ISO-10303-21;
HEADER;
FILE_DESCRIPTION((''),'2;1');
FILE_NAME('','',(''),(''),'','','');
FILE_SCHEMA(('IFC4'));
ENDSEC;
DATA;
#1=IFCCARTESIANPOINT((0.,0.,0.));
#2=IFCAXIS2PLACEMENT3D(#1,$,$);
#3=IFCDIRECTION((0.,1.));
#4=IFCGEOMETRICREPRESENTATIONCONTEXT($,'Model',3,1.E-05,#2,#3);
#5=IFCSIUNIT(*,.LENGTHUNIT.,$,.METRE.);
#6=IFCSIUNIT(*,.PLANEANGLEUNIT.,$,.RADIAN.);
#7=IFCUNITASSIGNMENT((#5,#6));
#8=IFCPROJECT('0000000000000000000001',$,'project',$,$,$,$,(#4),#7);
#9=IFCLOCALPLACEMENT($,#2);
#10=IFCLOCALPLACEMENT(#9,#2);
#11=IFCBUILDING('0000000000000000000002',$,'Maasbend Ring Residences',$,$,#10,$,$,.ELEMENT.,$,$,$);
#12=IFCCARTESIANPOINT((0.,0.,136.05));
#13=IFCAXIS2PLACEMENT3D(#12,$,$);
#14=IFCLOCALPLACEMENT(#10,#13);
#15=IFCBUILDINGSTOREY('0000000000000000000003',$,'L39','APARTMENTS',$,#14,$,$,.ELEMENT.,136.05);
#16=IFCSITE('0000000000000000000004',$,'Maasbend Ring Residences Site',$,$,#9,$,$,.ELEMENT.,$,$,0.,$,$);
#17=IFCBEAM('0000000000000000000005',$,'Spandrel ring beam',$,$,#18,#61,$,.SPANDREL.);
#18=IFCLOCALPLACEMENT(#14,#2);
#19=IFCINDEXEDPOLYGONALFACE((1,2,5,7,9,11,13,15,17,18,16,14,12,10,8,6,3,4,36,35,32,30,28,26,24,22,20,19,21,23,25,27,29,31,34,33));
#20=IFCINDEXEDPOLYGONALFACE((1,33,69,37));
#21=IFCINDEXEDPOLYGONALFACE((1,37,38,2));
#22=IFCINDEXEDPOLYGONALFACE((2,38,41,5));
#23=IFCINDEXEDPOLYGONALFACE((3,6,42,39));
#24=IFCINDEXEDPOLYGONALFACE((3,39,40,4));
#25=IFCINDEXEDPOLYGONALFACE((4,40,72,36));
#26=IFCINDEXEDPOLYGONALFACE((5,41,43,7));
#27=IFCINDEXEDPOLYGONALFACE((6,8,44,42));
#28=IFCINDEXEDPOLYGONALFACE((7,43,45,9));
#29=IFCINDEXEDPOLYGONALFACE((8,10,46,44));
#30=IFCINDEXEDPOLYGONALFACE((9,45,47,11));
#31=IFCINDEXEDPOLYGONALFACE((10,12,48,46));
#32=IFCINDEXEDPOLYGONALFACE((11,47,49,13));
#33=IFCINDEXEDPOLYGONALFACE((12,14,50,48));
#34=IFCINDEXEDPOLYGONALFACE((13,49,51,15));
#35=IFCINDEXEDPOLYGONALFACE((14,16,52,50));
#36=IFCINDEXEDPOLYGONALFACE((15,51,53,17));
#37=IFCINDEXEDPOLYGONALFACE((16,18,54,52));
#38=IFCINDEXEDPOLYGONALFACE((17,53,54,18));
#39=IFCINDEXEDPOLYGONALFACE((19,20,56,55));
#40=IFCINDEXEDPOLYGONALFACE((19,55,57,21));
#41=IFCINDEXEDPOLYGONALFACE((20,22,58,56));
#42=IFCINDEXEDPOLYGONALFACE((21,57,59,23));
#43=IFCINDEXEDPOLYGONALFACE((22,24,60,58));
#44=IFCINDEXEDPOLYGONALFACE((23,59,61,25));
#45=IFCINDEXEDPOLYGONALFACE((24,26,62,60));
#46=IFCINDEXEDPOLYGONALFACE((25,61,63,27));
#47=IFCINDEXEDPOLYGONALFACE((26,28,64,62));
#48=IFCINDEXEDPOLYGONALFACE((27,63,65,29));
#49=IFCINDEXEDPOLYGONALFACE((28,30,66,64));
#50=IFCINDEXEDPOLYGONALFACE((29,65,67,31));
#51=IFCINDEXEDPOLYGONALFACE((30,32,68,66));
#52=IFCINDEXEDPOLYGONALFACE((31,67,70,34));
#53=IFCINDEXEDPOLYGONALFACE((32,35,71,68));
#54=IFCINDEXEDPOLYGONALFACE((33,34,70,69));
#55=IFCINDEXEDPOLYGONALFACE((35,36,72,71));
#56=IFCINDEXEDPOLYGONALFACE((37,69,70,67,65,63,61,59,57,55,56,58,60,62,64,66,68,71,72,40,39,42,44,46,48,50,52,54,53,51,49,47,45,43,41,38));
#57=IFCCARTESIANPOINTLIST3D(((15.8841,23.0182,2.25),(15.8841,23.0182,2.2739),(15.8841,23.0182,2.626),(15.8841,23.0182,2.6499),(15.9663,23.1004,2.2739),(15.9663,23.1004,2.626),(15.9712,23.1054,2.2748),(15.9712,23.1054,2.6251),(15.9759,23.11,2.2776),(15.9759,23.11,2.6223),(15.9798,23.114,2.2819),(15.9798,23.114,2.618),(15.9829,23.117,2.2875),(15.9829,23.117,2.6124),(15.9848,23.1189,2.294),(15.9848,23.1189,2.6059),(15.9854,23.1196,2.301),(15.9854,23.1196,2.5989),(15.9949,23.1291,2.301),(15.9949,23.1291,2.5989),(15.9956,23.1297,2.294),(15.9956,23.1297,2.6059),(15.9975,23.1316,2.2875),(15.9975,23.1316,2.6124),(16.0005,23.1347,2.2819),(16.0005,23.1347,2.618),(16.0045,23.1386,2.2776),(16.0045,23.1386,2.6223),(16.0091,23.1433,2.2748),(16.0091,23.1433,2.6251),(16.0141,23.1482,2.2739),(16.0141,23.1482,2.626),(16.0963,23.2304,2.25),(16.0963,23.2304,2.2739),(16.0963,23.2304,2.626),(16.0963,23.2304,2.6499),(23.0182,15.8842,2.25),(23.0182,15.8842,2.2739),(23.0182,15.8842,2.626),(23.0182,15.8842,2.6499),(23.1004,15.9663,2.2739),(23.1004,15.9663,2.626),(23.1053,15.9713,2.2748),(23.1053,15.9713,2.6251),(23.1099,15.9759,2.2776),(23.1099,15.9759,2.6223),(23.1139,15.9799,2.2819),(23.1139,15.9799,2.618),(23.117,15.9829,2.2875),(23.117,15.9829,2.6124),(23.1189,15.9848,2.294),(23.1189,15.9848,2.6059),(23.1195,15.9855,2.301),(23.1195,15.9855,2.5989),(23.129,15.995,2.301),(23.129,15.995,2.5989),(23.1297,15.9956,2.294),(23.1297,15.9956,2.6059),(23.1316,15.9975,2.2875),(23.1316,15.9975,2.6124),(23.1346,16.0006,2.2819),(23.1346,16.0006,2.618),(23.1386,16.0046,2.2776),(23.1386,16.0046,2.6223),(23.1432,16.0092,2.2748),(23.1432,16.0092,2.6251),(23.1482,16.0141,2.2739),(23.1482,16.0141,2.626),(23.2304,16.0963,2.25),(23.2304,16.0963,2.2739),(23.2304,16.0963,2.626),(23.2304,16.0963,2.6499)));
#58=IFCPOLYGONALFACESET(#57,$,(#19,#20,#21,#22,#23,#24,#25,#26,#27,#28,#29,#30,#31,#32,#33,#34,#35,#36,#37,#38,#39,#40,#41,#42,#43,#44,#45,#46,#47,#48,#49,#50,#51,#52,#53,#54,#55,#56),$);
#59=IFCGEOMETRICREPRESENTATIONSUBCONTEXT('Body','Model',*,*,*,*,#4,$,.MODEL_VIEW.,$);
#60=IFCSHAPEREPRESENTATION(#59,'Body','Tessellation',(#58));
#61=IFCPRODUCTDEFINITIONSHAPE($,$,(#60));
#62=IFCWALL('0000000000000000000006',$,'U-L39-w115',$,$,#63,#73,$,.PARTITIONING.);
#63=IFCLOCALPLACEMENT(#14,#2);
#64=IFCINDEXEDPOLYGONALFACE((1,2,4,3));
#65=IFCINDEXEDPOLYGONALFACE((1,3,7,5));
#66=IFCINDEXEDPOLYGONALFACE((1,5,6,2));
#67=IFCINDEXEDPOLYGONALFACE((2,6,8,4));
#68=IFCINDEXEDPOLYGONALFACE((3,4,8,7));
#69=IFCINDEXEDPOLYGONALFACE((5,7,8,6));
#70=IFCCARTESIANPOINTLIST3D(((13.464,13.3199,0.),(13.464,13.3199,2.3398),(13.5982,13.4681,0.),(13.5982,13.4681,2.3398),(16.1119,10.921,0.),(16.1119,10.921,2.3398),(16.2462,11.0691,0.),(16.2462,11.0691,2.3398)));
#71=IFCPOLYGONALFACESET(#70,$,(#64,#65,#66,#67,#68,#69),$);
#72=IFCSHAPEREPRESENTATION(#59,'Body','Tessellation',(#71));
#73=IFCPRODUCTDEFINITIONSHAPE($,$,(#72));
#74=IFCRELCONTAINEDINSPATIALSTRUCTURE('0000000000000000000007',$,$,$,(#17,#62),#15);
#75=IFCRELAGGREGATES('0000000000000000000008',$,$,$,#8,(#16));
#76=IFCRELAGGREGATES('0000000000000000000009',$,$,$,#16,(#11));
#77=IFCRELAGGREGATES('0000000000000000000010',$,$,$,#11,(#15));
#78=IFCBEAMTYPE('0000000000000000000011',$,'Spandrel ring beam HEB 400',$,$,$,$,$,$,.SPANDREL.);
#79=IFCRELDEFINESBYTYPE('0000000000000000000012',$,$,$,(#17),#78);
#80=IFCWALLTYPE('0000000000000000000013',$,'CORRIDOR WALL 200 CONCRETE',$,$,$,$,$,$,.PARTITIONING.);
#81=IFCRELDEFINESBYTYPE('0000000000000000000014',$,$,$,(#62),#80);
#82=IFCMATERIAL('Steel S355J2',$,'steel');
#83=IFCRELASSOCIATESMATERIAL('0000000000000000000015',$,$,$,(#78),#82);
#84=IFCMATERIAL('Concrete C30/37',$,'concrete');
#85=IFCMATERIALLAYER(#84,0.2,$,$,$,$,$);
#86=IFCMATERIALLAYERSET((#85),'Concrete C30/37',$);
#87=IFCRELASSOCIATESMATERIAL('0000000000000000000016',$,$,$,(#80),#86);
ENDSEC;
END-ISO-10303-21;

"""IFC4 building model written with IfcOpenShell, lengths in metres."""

from ifc_helpers import new_model, si_unit, direction, frame, frame_2d, origin, origin_2d, place, context, subcontext, project, spatial, rectangle, i_section, extrude, material, layer, layer_set, material_profile, profile_set, type_object, element, save


model = new_model("IFC4")

# Units and contexts
model_context = context("Model", 3, precision=1e-05, world=origin(), true_north=direction((0.0, 1.0)))
body_context = subcontext(model_context, "Body", "Model", "MODEL_VIEW")
ifc_project = project(units=[si_unit("LENGTHUNIT", "METRE"), si_unit("PLANEANGLEUNIT", "RADIAN")], contexts=[model_context])

# Site, building, storey
site_placement = place(None, origin())
site = spatial("IfcSite", under=ifc_project, at=site_placement, Name="Maasbend Ring Residences Site", CompositionType="ELEMENT", RefElevation=0.0)
building_placement = place(site_placement, origin())
building = spatial("IfcBuilding", under=site, at=building_placement, Name="Maasbend Ring Residences", CompositionType="ELEMENT")
storey_placement = place(building_placement, frame((0.0, 0.0, 136.05)))
storey = spatial("IfcBuildingStorey", under=building, at=storey_placement, Name="L39", Description="APARTMENTS", CompositionType="ELEMENT", Elevation=136.05)

# Beam
ifc_material_1 = material(Name="Steel S355J2", Category="steel")
ifc_material_profile_1 = material_profile(ifc_material_1, i_section(OverallWidth=0.3, OverallDepth=0.3999, WebThickness=0.0134, FlangeThickness=0.0239, FilletRadius=0.0271, at=origin_2d()), Name="HEB 400")
ifc_profile_set_1 = profile_set([ifc_material_profile_1], Name="Steel S355J2")
beam_type_1 = type_object("IfcBeamType", Name="Spandrel ring beam HEB 400", PredefinedType="SPANDREL", material=ifc_profile_set_1)
beam_1_placement = place(storey_placement, frame((23.1243, 15.9902, 2.45), z_axis=(-0.707107, 0.707107, 0.0), x_axis=(-0.707107, -0.707107, 0.0)))
element("IfcBeam", 1, at=beam_1_placement, inside=storey, type_object=beam_type_1, Name="Spandrel ring beam", PredefinedType="SPANDREL", context=body_context, shape_type="SweptSolid", body=[
    extrude(i_section(OverallWidth=0.3, OverallDepth=0.3999, WebThickness=0.0134, FlangeThickness=0.0239, FilletRadius=0.0271, at=origin_2d()), origin(), (0.0, 0.0, 1.0), 10.0891),
])

# Wall
ifc_material_2 = material(Name="Concrete C30/37", Category="concrete")
ifc_layer_1 = layer(ifc_material_2, 0.2)
ifc_layer_set_1 = layer_set([ifc_layer_1], Name="Concrete C30/37")
wall_type_1 = type_object("IfcWallType", Name="CORRIDOR WALL 200 CONCRETE", PredefinedType="PARTITIONING", material=ifc_layer_set_1)
wall_1_placement = place(storey_placement, frame((13.531, 13.394, 0.0), z_axis=(0.0, 0.0, 1.0), x_axis=(0.741095, -0.6714, 0.0)))
element("IfcWall", 2, at=wall_1_placement, inside=storey, type_object=wall_type_1, Name="U-L39-w115", PredefinedType="PARTITIONING", context=body_context, shape_type="SweptSolid", body=[
    extrude(rectangle(XDim=3.573, YDim=0.2, at=frame_2d((1.7866, 0.0))), origin(), (0.0, 0.0, 1.0), 2.3398),
])

save(model, "model.ifc")
